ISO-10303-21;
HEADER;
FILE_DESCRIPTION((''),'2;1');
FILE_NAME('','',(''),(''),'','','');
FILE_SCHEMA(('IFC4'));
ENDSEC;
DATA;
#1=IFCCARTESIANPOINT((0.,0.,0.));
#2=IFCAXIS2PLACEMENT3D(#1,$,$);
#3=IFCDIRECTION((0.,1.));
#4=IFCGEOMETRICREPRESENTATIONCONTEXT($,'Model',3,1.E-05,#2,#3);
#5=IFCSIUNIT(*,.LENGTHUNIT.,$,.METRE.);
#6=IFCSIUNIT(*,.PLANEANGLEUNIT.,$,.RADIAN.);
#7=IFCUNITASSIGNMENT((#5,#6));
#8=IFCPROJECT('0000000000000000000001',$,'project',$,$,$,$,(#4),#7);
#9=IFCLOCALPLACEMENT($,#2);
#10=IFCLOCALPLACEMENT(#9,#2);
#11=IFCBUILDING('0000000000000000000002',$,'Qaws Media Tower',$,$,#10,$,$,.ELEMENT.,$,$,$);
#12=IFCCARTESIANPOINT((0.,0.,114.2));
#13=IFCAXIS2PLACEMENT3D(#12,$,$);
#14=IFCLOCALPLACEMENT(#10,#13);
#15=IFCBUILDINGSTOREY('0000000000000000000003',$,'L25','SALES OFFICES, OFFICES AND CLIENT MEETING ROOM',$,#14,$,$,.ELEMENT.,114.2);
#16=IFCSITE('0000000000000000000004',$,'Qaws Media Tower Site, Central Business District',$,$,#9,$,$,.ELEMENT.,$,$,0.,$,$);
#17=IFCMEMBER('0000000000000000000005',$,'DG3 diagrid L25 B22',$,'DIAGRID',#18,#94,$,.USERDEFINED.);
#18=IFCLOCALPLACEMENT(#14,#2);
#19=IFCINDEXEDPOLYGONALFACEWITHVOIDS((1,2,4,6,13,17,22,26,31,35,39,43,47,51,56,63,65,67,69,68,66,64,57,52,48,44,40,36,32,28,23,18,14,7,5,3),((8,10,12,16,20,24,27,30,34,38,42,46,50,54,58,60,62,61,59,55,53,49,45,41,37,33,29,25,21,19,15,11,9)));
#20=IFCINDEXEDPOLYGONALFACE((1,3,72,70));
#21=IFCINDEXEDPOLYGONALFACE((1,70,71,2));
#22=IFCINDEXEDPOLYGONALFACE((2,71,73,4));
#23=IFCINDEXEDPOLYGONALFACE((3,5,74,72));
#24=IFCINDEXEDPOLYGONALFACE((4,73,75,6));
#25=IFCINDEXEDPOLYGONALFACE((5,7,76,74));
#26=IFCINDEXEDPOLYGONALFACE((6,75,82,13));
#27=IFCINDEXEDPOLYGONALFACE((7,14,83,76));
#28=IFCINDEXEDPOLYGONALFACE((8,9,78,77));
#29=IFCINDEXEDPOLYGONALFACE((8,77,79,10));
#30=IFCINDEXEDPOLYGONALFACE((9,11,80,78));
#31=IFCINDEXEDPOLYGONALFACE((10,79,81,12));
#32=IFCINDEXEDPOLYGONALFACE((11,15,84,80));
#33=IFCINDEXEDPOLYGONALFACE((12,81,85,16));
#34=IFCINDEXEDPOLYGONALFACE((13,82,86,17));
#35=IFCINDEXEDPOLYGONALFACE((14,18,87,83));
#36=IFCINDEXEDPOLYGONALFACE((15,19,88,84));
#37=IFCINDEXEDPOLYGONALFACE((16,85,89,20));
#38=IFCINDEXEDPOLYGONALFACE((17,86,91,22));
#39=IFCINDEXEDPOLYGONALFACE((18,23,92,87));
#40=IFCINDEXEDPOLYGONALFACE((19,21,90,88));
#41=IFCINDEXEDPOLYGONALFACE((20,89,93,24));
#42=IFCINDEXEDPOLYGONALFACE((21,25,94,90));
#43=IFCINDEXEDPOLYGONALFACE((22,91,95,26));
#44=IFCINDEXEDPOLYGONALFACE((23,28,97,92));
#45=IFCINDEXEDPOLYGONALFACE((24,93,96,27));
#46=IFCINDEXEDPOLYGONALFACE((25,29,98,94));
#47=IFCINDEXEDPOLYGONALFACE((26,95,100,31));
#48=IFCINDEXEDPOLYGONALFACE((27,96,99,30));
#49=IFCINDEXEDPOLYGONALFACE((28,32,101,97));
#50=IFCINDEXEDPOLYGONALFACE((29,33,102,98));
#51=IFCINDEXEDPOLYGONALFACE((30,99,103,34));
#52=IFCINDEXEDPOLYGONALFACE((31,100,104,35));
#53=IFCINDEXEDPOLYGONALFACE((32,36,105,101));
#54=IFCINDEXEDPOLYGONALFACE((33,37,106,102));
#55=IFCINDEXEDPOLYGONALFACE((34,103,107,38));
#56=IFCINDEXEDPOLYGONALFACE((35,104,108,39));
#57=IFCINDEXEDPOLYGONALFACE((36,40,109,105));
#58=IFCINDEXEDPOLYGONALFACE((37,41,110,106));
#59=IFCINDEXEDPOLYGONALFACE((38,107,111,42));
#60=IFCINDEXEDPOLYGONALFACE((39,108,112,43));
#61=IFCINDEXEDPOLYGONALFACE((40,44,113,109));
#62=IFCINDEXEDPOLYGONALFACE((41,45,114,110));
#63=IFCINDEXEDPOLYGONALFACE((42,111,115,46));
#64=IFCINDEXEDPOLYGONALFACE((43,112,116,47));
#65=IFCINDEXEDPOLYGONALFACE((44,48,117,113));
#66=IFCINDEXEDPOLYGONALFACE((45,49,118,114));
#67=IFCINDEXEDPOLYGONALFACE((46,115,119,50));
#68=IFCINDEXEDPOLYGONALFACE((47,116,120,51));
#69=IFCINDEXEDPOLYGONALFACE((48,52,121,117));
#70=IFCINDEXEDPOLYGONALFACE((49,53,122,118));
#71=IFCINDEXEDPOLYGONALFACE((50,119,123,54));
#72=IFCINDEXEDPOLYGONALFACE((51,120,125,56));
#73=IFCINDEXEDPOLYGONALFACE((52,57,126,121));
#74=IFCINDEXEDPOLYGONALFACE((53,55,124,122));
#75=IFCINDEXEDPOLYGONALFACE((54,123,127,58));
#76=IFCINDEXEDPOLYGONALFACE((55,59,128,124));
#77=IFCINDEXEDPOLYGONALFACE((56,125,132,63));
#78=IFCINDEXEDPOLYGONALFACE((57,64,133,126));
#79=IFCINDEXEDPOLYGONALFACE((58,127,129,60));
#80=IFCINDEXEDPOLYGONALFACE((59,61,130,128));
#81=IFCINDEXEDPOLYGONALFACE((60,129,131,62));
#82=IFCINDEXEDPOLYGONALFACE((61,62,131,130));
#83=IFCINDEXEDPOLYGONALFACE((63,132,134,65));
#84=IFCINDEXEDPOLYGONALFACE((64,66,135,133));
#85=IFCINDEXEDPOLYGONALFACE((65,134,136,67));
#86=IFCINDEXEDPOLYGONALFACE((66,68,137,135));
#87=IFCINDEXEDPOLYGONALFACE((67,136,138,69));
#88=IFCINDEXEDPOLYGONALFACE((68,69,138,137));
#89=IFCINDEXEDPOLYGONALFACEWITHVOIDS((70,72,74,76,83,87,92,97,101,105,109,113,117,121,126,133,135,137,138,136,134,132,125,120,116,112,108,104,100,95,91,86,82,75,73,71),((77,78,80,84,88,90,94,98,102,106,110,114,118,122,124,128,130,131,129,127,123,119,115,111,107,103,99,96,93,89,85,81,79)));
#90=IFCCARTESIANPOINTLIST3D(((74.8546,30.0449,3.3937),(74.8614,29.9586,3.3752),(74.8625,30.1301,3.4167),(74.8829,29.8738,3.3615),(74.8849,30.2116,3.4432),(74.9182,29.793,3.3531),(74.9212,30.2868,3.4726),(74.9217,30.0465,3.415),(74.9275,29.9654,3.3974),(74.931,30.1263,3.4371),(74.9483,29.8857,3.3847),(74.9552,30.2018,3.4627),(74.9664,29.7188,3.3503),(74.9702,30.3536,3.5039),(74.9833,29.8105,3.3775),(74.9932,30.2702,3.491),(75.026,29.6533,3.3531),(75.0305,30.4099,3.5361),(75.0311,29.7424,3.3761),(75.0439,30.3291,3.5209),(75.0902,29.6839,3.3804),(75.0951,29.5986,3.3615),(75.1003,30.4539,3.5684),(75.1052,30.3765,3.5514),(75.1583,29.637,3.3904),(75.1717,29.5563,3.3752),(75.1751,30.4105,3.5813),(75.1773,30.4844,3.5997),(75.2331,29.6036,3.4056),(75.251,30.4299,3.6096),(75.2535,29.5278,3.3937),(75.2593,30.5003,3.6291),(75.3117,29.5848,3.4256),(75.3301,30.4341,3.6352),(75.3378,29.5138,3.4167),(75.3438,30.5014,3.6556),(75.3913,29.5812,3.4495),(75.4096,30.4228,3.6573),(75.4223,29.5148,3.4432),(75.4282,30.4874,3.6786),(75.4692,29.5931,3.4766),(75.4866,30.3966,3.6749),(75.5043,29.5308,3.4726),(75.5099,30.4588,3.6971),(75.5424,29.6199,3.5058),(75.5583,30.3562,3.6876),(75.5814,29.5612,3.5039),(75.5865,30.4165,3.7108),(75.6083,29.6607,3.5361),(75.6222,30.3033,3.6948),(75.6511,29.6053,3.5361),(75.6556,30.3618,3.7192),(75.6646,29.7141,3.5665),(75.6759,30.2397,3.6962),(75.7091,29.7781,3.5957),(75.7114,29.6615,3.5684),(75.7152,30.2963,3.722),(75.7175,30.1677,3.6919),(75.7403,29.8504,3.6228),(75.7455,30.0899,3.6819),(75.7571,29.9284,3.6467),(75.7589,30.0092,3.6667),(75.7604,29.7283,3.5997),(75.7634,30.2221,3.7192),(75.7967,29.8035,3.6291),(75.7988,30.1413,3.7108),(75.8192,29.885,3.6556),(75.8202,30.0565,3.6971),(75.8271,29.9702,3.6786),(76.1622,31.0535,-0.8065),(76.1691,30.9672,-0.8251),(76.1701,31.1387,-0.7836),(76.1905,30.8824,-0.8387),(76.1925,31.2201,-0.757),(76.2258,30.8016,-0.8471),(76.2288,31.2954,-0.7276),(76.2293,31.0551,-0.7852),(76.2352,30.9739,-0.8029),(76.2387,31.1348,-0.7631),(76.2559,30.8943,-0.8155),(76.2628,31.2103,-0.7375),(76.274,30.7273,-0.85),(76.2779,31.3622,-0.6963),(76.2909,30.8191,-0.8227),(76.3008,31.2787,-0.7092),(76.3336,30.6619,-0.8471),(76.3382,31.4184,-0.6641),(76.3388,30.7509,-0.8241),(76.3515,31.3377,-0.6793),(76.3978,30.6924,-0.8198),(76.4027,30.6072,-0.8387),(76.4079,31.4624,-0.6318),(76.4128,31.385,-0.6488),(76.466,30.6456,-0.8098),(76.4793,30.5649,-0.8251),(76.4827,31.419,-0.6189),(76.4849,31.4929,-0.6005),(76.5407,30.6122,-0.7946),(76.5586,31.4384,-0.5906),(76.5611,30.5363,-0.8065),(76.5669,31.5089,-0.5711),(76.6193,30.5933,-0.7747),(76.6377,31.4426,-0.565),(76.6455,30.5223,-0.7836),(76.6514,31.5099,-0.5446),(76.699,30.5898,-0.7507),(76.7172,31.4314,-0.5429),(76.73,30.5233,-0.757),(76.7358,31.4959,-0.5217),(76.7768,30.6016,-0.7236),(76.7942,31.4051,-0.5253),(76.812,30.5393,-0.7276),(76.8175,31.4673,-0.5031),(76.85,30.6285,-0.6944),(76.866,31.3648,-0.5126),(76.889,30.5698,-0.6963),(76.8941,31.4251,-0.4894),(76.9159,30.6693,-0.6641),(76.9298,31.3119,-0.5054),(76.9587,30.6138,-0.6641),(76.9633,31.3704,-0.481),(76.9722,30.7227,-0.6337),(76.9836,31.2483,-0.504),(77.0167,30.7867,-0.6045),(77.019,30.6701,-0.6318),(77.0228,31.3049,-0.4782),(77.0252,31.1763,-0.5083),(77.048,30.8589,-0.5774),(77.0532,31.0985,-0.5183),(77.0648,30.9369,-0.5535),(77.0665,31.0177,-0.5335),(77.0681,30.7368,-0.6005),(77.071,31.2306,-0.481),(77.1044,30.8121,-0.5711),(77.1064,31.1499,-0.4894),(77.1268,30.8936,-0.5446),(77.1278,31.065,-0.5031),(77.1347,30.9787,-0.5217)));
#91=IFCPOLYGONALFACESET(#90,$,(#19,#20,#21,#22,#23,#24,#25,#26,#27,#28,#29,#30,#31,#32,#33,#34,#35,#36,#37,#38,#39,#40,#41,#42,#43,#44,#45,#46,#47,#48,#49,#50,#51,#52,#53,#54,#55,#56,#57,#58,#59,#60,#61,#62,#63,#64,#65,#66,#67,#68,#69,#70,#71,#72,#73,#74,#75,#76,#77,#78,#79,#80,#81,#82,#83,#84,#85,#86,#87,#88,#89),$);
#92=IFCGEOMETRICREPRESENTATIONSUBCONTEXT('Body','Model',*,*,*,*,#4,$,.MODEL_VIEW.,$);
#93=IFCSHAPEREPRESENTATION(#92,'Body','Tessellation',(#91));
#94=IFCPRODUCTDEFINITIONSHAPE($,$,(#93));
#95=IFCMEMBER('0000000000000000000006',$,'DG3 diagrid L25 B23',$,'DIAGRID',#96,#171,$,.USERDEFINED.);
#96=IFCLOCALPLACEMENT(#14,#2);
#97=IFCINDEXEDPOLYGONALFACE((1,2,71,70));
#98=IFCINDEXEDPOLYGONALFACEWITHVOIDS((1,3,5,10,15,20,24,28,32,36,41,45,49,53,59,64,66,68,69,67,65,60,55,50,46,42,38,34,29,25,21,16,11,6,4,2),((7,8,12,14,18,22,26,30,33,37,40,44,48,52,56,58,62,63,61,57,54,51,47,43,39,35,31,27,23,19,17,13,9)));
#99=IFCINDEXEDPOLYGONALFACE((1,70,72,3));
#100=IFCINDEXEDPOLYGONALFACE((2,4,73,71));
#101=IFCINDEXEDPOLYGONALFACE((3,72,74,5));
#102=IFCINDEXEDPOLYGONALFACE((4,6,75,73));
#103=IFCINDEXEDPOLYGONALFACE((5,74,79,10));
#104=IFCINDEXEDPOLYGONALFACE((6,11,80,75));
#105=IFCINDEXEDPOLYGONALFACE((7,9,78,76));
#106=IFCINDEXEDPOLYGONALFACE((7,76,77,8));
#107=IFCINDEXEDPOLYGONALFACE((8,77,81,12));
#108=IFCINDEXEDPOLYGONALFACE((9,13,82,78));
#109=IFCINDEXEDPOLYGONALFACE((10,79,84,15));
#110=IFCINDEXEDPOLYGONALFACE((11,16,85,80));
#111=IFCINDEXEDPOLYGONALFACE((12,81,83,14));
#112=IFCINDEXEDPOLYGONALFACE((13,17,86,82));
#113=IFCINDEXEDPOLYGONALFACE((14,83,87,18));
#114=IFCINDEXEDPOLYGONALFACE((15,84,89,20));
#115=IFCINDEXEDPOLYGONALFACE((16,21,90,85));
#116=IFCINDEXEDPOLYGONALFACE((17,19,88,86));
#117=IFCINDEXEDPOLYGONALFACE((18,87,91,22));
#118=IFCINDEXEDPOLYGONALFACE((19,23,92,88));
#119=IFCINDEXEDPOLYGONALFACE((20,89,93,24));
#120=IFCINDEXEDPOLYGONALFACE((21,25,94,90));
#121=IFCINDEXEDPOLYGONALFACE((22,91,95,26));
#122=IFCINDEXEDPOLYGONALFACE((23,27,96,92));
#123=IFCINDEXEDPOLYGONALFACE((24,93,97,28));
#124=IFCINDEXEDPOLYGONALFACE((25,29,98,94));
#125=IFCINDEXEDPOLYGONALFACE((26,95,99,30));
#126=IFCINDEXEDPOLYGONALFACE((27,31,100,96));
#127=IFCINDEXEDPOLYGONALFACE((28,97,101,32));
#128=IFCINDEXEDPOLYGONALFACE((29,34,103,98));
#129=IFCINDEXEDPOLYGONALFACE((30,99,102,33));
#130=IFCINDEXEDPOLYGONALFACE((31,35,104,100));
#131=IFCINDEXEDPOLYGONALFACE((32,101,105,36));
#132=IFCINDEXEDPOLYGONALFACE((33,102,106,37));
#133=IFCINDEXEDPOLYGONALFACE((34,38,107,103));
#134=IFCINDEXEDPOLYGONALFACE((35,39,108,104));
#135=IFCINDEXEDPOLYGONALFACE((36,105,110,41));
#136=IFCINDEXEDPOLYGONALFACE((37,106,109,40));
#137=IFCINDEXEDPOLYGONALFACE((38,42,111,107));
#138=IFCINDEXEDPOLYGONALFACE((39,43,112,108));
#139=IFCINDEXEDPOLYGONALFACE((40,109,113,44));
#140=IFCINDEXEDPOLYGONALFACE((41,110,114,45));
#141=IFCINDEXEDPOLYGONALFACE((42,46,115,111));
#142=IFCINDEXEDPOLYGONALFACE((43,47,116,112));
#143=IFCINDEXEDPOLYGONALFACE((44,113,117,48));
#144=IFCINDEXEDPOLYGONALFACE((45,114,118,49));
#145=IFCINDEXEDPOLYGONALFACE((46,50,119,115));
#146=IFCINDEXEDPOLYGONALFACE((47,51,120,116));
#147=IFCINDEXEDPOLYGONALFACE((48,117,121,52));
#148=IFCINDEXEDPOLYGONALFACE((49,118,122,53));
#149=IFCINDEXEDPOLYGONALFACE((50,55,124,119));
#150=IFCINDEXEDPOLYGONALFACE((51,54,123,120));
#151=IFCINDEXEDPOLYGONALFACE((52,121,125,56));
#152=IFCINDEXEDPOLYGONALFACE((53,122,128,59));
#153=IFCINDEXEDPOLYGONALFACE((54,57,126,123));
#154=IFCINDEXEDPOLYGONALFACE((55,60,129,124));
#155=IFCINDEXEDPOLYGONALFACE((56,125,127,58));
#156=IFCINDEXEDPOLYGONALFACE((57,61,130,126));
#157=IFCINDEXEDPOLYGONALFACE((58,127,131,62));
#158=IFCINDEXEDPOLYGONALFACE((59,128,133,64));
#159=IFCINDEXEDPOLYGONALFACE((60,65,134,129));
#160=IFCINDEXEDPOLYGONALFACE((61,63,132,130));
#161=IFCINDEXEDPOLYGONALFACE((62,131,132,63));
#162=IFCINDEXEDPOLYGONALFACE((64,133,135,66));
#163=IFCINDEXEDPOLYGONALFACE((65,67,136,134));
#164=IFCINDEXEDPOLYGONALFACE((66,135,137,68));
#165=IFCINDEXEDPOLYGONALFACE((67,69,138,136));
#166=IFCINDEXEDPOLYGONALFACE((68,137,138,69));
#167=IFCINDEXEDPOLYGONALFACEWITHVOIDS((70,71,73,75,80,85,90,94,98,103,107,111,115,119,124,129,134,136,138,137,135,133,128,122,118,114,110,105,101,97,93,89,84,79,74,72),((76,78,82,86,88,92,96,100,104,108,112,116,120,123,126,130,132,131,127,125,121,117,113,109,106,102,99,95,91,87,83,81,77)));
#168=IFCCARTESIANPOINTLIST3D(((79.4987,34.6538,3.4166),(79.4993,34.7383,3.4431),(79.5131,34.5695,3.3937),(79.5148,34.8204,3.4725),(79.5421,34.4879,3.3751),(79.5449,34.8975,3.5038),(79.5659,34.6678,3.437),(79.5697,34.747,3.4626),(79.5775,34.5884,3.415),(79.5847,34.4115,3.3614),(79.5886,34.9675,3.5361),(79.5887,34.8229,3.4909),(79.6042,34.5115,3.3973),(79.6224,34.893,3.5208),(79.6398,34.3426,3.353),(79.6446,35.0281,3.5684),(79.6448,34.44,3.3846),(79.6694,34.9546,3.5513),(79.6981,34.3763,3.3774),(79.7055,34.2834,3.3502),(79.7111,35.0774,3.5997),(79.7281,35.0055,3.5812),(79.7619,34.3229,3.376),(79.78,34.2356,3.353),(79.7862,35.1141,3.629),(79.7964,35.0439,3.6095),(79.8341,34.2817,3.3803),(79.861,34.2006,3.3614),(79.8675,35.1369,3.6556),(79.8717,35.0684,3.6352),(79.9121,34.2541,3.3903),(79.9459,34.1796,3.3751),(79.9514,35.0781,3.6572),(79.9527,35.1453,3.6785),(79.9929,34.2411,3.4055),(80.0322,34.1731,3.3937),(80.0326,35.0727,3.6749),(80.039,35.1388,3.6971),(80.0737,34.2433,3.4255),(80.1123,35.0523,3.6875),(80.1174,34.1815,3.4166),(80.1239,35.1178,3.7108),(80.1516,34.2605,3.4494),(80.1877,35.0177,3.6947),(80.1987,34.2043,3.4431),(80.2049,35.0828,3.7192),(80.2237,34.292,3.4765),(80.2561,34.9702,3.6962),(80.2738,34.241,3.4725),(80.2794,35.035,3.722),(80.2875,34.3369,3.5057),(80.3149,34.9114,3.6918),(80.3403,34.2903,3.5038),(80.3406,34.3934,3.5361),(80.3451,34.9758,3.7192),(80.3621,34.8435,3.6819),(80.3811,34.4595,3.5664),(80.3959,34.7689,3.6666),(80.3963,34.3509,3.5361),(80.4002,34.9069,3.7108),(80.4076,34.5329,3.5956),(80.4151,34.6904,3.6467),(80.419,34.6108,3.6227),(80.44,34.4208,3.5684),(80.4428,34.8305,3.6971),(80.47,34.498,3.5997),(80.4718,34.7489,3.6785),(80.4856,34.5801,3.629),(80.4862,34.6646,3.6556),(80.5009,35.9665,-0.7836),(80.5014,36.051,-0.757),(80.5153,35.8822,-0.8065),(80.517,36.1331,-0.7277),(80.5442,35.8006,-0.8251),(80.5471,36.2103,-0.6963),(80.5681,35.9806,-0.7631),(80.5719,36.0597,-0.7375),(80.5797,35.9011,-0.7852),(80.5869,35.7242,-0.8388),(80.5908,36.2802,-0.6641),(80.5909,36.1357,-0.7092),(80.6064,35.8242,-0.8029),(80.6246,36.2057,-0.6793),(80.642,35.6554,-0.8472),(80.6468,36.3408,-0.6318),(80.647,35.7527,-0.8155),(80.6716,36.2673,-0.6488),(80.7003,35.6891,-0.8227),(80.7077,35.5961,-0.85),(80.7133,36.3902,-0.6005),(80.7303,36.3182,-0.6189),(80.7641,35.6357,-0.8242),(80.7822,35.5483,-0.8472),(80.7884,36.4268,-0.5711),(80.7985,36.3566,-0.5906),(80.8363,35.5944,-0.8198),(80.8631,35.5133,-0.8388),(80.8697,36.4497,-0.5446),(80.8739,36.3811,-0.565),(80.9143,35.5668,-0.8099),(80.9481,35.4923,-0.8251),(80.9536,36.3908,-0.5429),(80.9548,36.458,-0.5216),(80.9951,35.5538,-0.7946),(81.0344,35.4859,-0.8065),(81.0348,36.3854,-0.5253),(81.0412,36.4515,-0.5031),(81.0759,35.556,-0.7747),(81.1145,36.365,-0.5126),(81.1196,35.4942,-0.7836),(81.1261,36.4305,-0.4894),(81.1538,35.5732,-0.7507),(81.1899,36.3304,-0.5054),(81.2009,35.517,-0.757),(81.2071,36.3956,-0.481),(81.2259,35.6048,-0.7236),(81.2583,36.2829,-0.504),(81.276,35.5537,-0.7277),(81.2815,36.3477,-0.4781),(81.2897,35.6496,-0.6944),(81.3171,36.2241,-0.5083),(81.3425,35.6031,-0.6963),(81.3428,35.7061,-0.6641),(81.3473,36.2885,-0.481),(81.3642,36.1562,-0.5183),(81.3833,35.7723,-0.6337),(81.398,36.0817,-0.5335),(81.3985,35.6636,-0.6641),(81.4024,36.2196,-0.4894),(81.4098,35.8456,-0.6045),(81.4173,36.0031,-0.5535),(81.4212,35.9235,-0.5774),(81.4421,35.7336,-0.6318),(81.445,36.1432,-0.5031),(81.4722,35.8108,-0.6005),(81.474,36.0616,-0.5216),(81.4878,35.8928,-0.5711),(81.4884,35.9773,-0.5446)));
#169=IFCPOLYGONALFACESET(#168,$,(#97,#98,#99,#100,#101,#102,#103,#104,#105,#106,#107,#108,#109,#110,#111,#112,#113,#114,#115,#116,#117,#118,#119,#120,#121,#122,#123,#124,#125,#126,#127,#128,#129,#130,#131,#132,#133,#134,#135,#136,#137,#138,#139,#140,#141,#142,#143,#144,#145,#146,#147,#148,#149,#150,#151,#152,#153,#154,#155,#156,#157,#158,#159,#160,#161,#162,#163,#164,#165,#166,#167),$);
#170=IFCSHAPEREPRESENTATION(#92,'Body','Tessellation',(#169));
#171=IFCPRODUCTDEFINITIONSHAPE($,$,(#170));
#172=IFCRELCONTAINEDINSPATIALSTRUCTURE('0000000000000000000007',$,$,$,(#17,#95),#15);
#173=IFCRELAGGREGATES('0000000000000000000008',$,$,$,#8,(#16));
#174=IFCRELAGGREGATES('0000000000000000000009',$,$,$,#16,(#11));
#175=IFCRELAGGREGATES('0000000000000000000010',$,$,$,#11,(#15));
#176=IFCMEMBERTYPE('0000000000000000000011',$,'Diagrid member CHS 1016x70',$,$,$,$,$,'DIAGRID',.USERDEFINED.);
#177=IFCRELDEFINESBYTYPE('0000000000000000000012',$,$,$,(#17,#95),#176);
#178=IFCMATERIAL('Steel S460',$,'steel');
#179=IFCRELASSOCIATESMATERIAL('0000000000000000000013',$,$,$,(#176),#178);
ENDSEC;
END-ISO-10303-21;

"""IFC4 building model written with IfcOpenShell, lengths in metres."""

from ifc_helpers import new_model, si_unit, direction, frame, origin, origin_2d, place, context, subcontext, project, spatial, hollow_circle, extrude, material, material_profile, profile_set, type_object, element, save


model = new_model("IFC4")

# Units and contexts
model_context = context("Model", 3, precision=1e-05, world=origin(), true_north=direction((0.0, 1.0)))
body_context = subcontext(model_context, "Body", "Model", "MODEL_VIEW")
ifc_project = project(units=[si_unit("LENGTHUNIT", "METRE"), si_unit("PLANEANGLEUNIT", "RADIAN")], contexts=[model_context])

# Site, building, storey
site_placement = place(None, origin())
site = spatial("IfcSite", under=ifc_project, at=site_placement, Name="Qaws Media Tower Site, Central Business District", CompositionType="ELEMENT", RefElevation=0.0)
building_placement = place(site_placement, origin())
building = spatial("IfcBuilding", under=site, at=building_placement, Name="Qaws Media Tower", CompositionType="ELEMENT")
storey_placement = place(building_placement, frame((0.0, 0.0, 114.2)))
storey = spatial("IfcBuildingStorey", under=building, at=storey_placement, Name="L25", Description="SALES OFFICES, OFFICES AND CLIENT MEETING ROOM", CompositionType="ELEMENT", Elevation=114.2)

# Members
ifc_material_1 = material(Name="Steel S460", Category="steel")
ifc_material_profile_1 = material_profile(ifc_material_1, hollow_circle(Radius=0.5081, WallThickness=0.0701, at=origin_2d()), Name="CHS 1016x70")
ifc_profile_set_1 = profile_set([ifc_material_profile_1], Name="Steel S460")
member_type_1 = type_object("IfcMemberType", Name="Diagrid member CHS 1016x70", ElementType="DIAGRID", PredefinedType="USERDEFINED", material=ifc_profile_set_1)
for number, where, z_axis, x_axis, name in (
    (1, (76.6484, 31.0161, -0.6641), (-0.289734, -0.223467, 0.930654), (0.610732, -0.791837, 0.0), "DG3 diagrid L25 B22"),
    (2, (80.9946, 35.9719, -0.6641), (-0.222057, -0.290865, 0.930639), (0.794844, -0.606813, 0.0), "DG3 diagrid L25 B23"),
):
    element("IfcMember", number, at=place(storey_placement, frame(where, z_axis=z_axis, x_axis=x_axis)), inside=storey, type_object=member_type_1, Name=name, ObjectType="DIAGRID", PredefinedType="USERDEFINED", context=body_context, shape_type="SweptSolid", body=[
        extrude(hollow_circle(Radius=0.5081, WallThickness=0.0701, at=origin_2d()), origin(), (0.0, 0.0, 1.0), 4.5132),
    ])

save(model, "model.ifc")
